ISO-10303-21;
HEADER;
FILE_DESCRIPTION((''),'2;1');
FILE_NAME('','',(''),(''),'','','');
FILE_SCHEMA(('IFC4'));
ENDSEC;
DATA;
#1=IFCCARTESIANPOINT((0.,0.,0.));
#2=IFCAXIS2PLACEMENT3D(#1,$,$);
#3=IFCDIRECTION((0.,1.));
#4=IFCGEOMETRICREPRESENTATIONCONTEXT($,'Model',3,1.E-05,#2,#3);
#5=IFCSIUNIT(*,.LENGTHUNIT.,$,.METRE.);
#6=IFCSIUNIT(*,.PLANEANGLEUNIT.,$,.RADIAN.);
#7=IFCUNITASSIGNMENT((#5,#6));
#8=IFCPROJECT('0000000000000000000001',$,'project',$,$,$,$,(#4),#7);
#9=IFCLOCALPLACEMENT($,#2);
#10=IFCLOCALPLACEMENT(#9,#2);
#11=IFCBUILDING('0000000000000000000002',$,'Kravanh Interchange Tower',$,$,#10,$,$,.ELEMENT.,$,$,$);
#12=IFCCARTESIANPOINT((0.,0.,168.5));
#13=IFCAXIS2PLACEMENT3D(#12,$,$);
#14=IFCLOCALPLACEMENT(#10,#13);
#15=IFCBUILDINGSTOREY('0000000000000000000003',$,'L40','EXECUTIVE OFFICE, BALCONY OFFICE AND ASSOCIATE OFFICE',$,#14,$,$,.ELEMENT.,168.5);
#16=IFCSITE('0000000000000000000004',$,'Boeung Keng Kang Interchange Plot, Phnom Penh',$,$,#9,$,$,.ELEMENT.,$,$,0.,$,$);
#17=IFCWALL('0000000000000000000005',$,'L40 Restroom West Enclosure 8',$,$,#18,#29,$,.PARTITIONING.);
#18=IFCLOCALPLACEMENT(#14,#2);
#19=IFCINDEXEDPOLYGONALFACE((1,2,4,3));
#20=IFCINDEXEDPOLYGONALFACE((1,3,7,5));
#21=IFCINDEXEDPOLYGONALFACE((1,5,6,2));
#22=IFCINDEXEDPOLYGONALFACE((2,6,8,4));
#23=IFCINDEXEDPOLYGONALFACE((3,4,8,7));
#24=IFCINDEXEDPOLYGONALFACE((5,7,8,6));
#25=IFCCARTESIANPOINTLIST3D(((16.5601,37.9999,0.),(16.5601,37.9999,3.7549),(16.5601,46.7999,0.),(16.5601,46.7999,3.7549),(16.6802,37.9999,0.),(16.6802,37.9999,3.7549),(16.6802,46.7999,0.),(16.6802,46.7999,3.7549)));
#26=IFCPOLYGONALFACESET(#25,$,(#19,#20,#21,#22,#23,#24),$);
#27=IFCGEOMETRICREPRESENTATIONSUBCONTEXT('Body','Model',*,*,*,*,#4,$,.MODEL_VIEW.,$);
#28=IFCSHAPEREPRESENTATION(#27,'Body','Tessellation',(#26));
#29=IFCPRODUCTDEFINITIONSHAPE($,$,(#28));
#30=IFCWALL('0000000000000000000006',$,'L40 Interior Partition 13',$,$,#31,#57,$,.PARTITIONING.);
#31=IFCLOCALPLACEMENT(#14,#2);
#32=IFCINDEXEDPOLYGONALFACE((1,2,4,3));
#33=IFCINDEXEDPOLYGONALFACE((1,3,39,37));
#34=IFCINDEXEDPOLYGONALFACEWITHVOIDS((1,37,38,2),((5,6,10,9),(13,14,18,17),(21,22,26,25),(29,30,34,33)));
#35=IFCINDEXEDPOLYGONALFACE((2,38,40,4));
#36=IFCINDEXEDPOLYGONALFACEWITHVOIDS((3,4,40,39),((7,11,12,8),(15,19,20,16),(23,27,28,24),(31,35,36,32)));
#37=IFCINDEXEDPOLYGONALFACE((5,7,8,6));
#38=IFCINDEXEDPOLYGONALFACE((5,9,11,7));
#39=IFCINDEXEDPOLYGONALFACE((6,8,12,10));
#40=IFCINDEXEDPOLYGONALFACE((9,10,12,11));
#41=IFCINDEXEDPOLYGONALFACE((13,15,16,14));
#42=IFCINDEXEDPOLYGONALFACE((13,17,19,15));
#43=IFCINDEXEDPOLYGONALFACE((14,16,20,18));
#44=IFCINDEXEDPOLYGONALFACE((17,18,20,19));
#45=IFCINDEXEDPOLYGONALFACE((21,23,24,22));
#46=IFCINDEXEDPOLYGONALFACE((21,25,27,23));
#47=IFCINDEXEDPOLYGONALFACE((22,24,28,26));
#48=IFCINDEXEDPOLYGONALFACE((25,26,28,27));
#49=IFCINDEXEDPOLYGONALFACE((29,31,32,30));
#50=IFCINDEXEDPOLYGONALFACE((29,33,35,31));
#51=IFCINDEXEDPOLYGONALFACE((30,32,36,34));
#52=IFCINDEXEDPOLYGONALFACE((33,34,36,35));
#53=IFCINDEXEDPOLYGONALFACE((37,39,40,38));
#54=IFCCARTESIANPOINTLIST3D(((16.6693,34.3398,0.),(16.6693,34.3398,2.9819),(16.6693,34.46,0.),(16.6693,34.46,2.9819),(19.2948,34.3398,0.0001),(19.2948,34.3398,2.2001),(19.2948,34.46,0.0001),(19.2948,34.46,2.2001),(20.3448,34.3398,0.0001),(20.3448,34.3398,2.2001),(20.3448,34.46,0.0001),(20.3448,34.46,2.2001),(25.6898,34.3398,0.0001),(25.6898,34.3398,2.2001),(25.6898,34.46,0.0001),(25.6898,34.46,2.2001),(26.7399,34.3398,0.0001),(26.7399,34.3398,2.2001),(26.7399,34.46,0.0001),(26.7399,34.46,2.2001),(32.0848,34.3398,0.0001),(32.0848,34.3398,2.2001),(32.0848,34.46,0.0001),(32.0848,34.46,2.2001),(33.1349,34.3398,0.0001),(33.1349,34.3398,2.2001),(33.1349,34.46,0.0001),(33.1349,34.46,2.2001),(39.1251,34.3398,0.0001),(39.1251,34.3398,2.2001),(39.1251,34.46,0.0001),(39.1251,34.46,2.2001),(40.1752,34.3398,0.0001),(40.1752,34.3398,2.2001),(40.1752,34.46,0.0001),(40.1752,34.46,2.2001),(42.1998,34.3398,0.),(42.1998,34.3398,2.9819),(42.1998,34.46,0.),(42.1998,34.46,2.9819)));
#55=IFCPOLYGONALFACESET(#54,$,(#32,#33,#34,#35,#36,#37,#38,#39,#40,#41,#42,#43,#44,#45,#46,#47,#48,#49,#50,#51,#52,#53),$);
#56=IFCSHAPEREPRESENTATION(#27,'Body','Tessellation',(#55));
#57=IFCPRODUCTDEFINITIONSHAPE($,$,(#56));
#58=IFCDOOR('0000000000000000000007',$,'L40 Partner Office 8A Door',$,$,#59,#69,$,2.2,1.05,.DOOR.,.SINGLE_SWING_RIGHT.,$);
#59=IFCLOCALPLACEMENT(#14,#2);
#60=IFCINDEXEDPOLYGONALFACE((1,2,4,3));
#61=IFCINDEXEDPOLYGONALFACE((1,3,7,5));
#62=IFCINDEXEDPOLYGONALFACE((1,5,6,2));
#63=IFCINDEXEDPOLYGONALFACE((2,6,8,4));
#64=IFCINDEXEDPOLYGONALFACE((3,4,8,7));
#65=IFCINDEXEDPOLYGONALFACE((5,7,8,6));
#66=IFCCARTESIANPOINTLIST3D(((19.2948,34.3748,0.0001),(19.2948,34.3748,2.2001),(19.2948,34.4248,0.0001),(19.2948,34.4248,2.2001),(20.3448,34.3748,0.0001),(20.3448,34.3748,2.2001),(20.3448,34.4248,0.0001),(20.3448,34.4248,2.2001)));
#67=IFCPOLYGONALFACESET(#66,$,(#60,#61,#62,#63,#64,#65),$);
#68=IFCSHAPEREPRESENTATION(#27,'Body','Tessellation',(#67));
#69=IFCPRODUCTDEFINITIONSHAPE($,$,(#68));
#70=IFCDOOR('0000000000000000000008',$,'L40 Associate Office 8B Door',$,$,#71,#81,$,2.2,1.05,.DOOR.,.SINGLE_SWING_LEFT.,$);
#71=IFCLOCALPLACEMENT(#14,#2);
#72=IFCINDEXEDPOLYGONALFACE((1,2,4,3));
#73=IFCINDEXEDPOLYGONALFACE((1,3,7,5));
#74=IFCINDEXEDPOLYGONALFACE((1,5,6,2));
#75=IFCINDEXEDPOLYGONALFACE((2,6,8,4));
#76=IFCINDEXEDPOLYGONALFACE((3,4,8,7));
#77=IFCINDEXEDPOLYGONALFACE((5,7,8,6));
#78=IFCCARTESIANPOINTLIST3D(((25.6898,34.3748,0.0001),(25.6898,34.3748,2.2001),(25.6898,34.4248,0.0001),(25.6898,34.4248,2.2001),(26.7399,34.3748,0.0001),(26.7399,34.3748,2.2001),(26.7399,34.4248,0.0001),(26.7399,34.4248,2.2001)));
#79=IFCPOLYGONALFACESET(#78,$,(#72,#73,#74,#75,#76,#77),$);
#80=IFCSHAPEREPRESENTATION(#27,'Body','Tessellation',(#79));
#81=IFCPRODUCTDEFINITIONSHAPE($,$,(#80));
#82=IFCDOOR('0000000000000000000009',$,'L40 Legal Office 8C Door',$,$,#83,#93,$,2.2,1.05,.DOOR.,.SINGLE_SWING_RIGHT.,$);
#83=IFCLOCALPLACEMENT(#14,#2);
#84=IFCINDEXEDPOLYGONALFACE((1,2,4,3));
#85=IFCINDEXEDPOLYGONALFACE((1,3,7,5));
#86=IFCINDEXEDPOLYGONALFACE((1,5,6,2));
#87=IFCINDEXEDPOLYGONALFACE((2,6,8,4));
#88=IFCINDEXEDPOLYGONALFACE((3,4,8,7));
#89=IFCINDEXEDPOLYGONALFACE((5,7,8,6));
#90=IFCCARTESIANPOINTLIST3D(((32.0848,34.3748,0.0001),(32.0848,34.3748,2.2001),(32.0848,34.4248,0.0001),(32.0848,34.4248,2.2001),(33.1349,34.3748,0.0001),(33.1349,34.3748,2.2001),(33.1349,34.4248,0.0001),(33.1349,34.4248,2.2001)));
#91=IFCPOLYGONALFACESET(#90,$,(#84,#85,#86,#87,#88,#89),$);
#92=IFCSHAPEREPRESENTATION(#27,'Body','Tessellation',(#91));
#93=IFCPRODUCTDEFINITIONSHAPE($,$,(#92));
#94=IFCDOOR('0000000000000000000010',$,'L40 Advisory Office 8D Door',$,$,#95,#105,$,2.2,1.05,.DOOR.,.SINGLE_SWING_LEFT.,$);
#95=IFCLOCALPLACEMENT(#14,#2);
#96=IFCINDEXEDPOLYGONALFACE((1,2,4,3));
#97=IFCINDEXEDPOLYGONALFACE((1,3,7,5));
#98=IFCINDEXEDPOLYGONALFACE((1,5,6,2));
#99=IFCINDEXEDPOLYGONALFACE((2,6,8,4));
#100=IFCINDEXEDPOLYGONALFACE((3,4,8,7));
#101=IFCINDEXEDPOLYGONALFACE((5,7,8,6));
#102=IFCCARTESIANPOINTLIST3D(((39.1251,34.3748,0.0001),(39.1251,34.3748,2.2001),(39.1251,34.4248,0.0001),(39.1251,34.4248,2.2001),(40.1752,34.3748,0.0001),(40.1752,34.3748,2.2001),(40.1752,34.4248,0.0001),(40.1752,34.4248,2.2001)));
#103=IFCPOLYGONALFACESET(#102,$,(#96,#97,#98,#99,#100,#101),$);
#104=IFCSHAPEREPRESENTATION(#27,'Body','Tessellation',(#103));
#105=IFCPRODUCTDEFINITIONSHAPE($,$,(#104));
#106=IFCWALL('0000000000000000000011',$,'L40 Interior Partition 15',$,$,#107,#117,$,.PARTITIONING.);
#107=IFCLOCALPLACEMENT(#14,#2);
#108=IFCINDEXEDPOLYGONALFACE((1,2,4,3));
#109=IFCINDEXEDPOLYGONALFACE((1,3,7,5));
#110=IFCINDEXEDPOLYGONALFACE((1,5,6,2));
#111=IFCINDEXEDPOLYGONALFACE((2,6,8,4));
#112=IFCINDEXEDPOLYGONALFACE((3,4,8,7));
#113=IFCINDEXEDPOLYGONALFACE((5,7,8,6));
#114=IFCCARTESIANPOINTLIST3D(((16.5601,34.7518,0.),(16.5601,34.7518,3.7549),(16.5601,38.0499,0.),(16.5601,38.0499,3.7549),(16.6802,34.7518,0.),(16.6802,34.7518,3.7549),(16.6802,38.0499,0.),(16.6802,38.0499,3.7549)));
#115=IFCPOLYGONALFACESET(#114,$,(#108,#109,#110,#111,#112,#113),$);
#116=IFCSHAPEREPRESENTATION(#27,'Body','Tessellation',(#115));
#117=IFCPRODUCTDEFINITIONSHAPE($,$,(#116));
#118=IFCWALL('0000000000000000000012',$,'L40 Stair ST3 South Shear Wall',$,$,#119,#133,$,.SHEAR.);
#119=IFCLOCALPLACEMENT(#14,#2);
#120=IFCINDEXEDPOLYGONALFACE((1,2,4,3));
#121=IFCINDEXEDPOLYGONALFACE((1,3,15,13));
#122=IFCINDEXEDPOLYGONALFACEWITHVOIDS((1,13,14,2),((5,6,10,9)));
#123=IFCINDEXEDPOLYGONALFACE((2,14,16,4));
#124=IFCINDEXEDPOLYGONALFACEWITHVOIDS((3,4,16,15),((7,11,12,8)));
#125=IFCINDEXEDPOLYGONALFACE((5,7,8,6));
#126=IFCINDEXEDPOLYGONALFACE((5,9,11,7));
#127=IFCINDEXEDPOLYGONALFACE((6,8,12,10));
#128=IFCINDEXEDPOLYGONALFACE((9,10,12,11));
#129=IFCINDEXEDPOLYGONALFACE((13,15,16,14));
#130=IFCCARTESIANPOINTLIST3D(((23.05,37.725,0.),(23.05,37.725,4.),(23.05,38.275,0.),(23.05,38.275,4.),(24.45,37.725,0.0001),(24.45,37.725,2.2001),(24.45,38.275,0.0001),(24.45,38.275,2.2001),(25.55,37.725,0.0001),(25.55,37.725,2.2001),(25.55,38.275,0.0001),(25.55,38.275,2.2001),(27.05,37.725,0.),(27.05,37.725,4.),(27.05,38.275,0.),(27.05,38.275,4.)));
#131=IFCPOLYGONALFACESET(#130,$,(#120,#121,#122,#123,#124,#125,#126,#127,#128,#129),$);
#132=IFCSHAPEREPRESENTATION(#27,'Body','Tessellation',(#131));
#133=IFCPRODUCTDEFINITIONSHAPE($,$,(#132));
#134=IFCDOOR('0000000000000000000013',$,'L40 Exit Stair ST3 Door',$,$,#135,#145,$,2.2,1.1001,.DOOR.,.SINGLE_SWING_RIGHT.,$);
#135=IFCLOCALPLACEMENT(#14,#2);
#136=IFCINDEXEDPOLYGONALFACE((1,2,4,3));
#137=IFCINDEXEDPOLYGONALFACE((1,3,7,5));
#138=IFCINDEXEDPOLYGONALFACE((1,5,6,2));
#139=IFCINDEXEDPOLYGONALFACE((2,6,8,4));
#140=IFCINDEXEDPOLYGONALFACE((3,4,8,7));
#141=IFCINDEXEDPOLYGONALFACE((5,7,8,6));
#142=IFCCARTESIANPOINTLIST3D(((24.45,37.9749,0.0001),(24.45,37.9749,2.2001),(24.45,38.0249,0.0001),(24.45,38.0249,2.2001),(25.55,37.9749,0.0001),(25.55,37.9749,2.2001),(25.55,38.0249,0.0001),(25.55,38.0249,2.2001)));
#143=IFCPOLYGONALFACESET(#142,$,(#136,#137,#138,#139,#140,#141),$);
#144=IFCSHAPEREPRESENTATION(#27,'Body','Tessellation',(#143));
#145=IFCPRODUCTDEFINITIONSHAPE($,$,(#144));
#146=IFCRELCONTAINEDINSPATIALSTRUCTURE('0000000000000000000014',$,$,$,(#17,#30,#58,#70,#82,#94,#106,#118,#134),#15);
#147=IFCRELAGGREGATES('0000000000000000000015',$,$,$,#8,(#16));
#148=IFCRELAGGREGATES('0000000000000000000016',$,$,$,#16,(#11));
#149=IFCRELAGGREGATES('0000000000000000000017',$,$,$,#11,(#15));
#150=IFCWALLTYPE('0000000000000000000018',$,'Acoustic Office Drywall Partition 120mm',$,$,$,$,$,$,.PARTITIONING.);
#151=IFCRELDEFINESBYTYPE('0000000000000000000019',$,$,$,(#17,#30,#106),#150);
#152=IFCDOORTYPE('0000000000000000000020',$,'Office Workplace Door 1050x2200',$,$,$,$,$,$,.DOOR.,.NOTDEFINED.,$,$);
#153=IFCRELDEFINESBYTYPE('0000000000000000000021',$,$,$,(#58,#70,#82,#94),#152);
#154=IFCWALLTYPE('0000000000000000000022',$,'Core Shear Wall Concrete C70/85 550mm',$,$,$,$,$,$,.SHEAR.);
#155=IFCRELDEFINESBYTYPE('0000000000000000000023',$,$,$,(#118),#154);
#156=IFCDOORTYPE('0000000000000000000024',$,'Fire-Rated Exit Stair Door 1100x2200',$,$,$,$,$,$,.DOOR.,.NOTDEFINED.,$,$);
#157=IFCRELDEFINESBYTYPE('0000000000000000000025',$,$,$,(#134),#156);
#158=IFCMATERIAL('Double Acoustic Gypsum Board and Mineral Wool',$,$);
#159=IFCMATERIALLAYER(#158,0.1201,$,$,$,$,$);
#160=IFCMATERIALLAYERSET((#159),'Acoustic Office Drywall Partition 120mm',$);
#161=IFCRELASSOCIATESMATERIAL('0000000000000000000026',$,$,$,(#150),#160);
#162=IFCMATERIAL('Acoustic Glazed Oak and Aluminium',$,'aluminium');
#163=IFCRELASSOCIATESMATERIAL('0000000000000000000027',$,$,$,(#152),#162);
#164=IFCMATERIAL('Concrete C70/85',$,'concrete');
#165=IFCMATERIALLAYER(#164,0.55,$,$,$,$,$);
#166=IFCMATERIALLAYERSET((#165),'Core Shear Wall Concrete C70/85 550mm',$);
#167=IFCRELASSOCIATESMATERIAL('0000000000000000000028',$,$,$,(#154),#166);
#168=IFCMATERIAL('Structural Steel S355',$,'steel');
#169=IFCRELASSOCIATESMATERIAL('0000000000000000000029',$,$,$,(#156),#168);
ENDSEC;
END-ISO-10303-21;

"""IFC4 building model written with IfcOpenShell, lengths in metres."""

from ifc_helpers import new_model, si_unit, direction, frame, frame_2d, origin, place, context, subcontext, project, spatial, rectangle, extrude, material, layer, layer_set, type_object, element, fill, save


model = new_model("IFC4")

# Units and contexts
model_context = context("Model", 3, precision=1e-05, world=origin(), true_north=direction((0.0, 1.0)))
body_context = subcontext(model_context, "Body", "Model", "MODEL_VIEW")
ifc_project = project(units=[si_unit("LENGTHUNIT", "METRE"), si_unit("PLANEANGLEUNIT", "RADIAN")], contexts=[model_context])

# Site, building, storey
site_placement = place(None, origin())
site = spatial("IfcSite", under=ifc_project, at=site_placement, Name="Boeung Keng Kang Interchange Plot, Phnom Penh", CompositionType="ELEMENT", RefElevation=0.0)
building_placement = place(site_placement, origin())
building = spatial("IfcBuilding", under=site, at=building_placement, Name="Kravanh Interchange Tower", CompositionType="ELEMENT")
storey_placement = place(building_placement, frame((0.0, 0.0, 168.5)))
storey = spatial("IfcBuildingStorey", under=building, at=storey_placement, Name="L40", Description="EXECUTIVE OFFICE, BALCONY OFFICE AND ASSOCIATE OFFICE", CompositionType="ELEMENT", Elevation=168.5)

# Shared definitions
ifc_material_1 = material(Name="Double Acoustic Gypsum Board and Mineral Wool")
ifc_layer_1 = layer(ifc_material_1, 0.1201)
ifc_layer_set_1 = layer_set([ifc_layer_1], Name="Acoustic Office Drywall Partition 120mm")
wall_type_1 = type_object("IfcWallType", Name="Acoustic Office Drywall Partition 120mm", PredefinedType="PARTITIONING", material=ifc_layer_set_1)

# Wall
wall_1_placement = place(storey_placement, frame((16.6201, 38.0, 0.0), z_axis=(0.0, 0.0, 1.0), x_axis=(0.0, 1.0, 0.0)))
element("IfcWall", 1, at=wall_1_placement, inside=storey, type_object=wall_type_1, Name="L40 Restroom West Enclosure 8", PredefinedType="PARTITIONING", context=body_context, shape_type="SweptSolid", body=[
    extrude(rectangle(XDim=8.8, YDim=0.1201, at=frame_2d((4.3999, 0.0))), origin(), (0.0, 0.0, 1.0), 3.7549),
])

# Wall, openings, doors
wall_2_placement = place(storey_placement, frame((16.6694, 34.3999, 0.0), z_axis=(0.0, 0.0, 1.0), x_axis=(1.0, 0.0, 0.0)))
wall_2 = element("IfcWall", 2, at=wall_2_placement, inside=storey, type_object=wall_type_1, Name="L40 Interior Partition 13", PredefinedType="PARTITIONING", context=body_context, shape_type="SweptSolid", body=[
    extrude(rectangle(XDim=25.5305, YDim=0.1201, at=frame_2d((12.7651, 0.0))), origin(), (0.0, 0.0, 1.0), 2.9819),
])
opening_1_placement = place(wall_2_placement, frame((2.6255, 0.0, 0.0)))
opening_1 = element("IfcOpeningElement", 3, at=opening_1_placement, cuts=wall_2, PredefinedType="OPENING", context=body_context, shape_type="SweptSolid", body=[
    extrude(rectangle(XDim=1.05, YDim=2.2, at=frame_2d((0.5249, 1.1001))), frame((0.0, 0.0701, 0.0), z_axis=(0.0, -1.0, 0.0), x_axis=(1.0, 0.0, 0.0)), (0.0, 0.0, 1.0), 0.1401),
])
opening_2_placement = place(wall_2_placement, frame((9.0205, 0.0, 0.0)))
opening_2 = element("IfcOpeningElement", 4, at=opening_2_placement, cuts=wall_2, PredefinedType="OPENING", context=body_context, shape_type="SweptSolid", body=[
    extrude(rectangle(XDim=1.05, YDim=2.2, at=frame_2d((0.5249, 1.1001))), frame((0.0, 0.0701, 0.0), z_axis=(0.0, -1.0, 0.0), x_axis=(1.0, 0.0, 0.0)), (0.0, 0.0, 1.0), 0.1401),
])
opening_3_placement = place(wall_2_placement, frame((15.4155, 0.0, 0.0)))
opening_3 = element("IfcOpeningElement", 5, at=opening_3_placement, cuts=wall_2, PredefinedType="OPENING", context=body_context, shape_type="SweptSolid", body=[
    extrude(rectangle(XDim=1.05, YDim=2.2, at=frame_2d((0.5249, 1.1001))), frame((0.0, 0.0701, 0.0), z_axis=(0.0, -1.0, 0.0), x_axis=(1.0, 0.0, 0.0)), (0.0, 0.0, 1.0), 0.1401),
])
opening_4_placement = place(wall_2_placement, frame((22.4558, 0.0, 0.0)))
opening_4 = element("IfcOpeningElement", 6, at=opening_4_placement, cuts=wall_2, PredefinedType="OPENING", context=body_context, shape_type="SweptSolid", body=[
    extrude(rectangle(XDim=1.05, YDim=2.2, at=frame_2d((0.5249, 1.1001))), frame((0.0, 0.0701, 0.0), z_axis=(0.0, -1.0, 0.0), x_axis=(1.0, 0.0, 0.0)), (0.0, 0.0, 1.0), 0.1401),
])
ifc_material_2 = material(Name="Acoustic Glazed Oak and Aluminium", Category="aluminium")
door_type_1 = type_object("IfcDoorType", Name="Office Workplace Door 1050x2200", OperationType="NOTDEFINED", PredefinedType="DOOR", material=ifc_material_2)
door_1_placement = place(opening_1_placement, origin())
door_1 = element("IfcDoor", 7, at=door_1_placement, inside=storey, type_object=door_type_1, Name="L40 Partner Office 8A Door", OperationType="SINGLE_SWING_RIGHT", OverallHeight=2.2, OverallWidth=1.05, PredefinedType="DOOR", context=body_context, shape_type="SweptSolid", body=[
    extrude(rectangle(XDim=1.05, YDim=2.2, at=frame_2d((0.5249, 1.1001))), frame((0.0, 0.0249, 0.0), z_axis=(0.0, -1.0, 0.0), x_axis=(1.0, 0.0, 0.0)), (0.0, 0.0, 1.0), 0.05),
])
fill(opening_1, door_1)
door_2_placement = place(opening_2_placement, origin())
door_2 = element("IfcDoor", 8, at=door_2_placement, inside=storey, type_object=door_type_1, Name="L40 Associate Office 8B Door", OperationType="SINGLE_SWING_LEFT", OverallHeight=2.2, OverallWidth=1.05, PredefinedType="DOOR", context=body_context, shape_type="SweptSolid", body=[
    extrude(rectangle(XDim=1.05, YDim=2.2, at=frame_2d((0.5249, 1.1001))), frame((0.0, 0.0249, 0.0), z_axis=(0.0, -1.0, 0.0), x_axis=(1.0, 0.0, 0.0)), (0.0, 0.0, 1.0), 0.05),
])
fill(opening_2, door_2)
door_3_placement = place(opening_3_placement, origin())
door_3 = element("IfcDoor", 9, at=door_3_placement, inside=storey, type_object=door_type_1, Name="L40 Legal Office 8C Door", OperationType="SINGLE_SWING_RIGHT", OverallHeight=2.2, OverallWidth=1.05, PredefinedType="DOOR", context=body_context, shape_type="SweptSolid", body=[
    extrude(rectangle(XDim=1.05, YDim=2.2, at=frame_2d((0.5249, 1.1001))), frame((0.0, 0.0249, 0.0), z_axis=(0.0, -1.0, 0.0), x_axis=(1.0, 0.0, 0.0)), (0.0, 0.0, 1.0), 0.05),
])
fill(opening_3, door_3)
door_4_placement = place(opening_4_placement, origin())
door_4 = element("IfcDoor", 10, at=door_4_placement, inside=storey, type_object=door_type_1, Name="L40 Advisory Office 8D Door", OperationType="SINGLE_SWING_LEFT", OverallHeight=2.2, OverallWidth=1.05, PredefinedType="DOOR", context=body_context, shape_type="SweptSolid", body=[
    extrude(rectangle(XDim=1.05, YDim=2.2, at=frame_2d((0.5249, 1.1001))), frame((0.0, 0.0249, 0.0), z_axis=(0.0, -1.0, 0.0), x_axis=(1.0, 0.0, 0.0)), (0.0, 0.0, 1.0), 0.05),
])
fill(opening_4, door_4)

# Wall
wall_3_placement = place(storey_placement, frame((16.6201, 34.752, 0.0), z_axis=(0.0, 0.0, 1.0), x_axis=(0.0, 1.0, 0.0)))
element("IfcWall", 11, at=wall_3_placement, inside=storey, type_object=wall_type_1, Name="L40 Interior Partition 15", PredefinedType="PARTITIONING", context=body_context, shape_type="SweptSolid", body=[
    extrude(rectangle(XDim=3.2981, YDim=0.1201, at=frame_2d((1.6489, 0.0))), origin(), (0.0, 0.0, 1.0), 3.7549),
])

# Wall, opening, door
ifc_material_3 = material(Name="Concrete C70/85", Category="concrete")
ifc_layer_2 = layer(ifc_material_3, 0.55)
ifc_layer_set_2 = layer_set([ifc_layer_2], Name="Core Shear Wall Concrete C70/85 550mm")
wall_type_2 = type_object("IfcWallType", Name="Core Shear Wall Concrete C70/85 550mm", PredefinedType="SHEAR", material=ifc_layer_set_2)
wall_4_placement = place(storey_placement, frame((23.05, 38.0, 0.0), z_axis=(0.0, 0.0, 1.0), x_axis=(1.0, 0.0, 0.0)))
wall_4 = element("IfcWall", 12, at=wall_4_placement, inside=storey, type_object=wall_type_2, Name="L40 Stair ST3 South Shear Wall", PredefinedType="SHEAR", context=body_context, shape_type="SweptSolid", body=[
    extrude(rectangle(XDim=4.0, YDim=0.55, at=frame_2d((2.0, 0.0))), origin(), (0.0, 0.0, 1.0), 4.0),
])
opening_5_placement = place(wall_4_placement, frame((1.3999, 0.0, 0.0)))
opening_5 = element("IfcOpeningElement", 13, at=opening_5_placement, cuts=wall_4, PredefinedType="OPENING", context=body_context, shape_type="SweptSolid", body=[
    extrude(rectangle(XDim=1.1001, YDim=2.2, at=frame_2d((0.55, 1.1001))), frame((0.0, 0.2852, 0.0), z_axis=(0.0, -1.0, 0.0), x_axis=(1.0, 0.0, 0.0)), (0.0, 0.0, 1.0), 0.5701),
])
ifc_material_4 = material(Name="Structural Steel S355", Category="steel")
door_type_2 = type_object("IfcDoorType", Name="Fire-Rated Exit Stair Door 1100x2200", OperationType="NOTDEFINED", PredefinedType="DOOR", material=ifc_material_4)
door_5_placement = place(opening_5_placement, origin())
door_5 = element("IfcDoor", 14, at=door_5_placement, inside=storey, type_object=door_type_2, Name="L40 Exit Stair ST3 Door", OperationType="SINGLE_SWING_RIGHT", OverallHeight=2.2, OverallWidth=1.1001, PredefinedType="DOOR", context=body_context, shape_type="SweptSolid", body=[
    extrude(rectangle(XDim=1.1001, YDim=2.2, at=frame_2d((0.55, 1.1001))), frame((0.0, 0.0249, 0.0), z_axis=(0.0, -1.0, 0.0), x_axis=(1.0, 0.0, 0.0)), (0.0, 0.0, 1.0), 0.05),
])
fill(opening_5, door_5)

save(model, "model.ifc")
